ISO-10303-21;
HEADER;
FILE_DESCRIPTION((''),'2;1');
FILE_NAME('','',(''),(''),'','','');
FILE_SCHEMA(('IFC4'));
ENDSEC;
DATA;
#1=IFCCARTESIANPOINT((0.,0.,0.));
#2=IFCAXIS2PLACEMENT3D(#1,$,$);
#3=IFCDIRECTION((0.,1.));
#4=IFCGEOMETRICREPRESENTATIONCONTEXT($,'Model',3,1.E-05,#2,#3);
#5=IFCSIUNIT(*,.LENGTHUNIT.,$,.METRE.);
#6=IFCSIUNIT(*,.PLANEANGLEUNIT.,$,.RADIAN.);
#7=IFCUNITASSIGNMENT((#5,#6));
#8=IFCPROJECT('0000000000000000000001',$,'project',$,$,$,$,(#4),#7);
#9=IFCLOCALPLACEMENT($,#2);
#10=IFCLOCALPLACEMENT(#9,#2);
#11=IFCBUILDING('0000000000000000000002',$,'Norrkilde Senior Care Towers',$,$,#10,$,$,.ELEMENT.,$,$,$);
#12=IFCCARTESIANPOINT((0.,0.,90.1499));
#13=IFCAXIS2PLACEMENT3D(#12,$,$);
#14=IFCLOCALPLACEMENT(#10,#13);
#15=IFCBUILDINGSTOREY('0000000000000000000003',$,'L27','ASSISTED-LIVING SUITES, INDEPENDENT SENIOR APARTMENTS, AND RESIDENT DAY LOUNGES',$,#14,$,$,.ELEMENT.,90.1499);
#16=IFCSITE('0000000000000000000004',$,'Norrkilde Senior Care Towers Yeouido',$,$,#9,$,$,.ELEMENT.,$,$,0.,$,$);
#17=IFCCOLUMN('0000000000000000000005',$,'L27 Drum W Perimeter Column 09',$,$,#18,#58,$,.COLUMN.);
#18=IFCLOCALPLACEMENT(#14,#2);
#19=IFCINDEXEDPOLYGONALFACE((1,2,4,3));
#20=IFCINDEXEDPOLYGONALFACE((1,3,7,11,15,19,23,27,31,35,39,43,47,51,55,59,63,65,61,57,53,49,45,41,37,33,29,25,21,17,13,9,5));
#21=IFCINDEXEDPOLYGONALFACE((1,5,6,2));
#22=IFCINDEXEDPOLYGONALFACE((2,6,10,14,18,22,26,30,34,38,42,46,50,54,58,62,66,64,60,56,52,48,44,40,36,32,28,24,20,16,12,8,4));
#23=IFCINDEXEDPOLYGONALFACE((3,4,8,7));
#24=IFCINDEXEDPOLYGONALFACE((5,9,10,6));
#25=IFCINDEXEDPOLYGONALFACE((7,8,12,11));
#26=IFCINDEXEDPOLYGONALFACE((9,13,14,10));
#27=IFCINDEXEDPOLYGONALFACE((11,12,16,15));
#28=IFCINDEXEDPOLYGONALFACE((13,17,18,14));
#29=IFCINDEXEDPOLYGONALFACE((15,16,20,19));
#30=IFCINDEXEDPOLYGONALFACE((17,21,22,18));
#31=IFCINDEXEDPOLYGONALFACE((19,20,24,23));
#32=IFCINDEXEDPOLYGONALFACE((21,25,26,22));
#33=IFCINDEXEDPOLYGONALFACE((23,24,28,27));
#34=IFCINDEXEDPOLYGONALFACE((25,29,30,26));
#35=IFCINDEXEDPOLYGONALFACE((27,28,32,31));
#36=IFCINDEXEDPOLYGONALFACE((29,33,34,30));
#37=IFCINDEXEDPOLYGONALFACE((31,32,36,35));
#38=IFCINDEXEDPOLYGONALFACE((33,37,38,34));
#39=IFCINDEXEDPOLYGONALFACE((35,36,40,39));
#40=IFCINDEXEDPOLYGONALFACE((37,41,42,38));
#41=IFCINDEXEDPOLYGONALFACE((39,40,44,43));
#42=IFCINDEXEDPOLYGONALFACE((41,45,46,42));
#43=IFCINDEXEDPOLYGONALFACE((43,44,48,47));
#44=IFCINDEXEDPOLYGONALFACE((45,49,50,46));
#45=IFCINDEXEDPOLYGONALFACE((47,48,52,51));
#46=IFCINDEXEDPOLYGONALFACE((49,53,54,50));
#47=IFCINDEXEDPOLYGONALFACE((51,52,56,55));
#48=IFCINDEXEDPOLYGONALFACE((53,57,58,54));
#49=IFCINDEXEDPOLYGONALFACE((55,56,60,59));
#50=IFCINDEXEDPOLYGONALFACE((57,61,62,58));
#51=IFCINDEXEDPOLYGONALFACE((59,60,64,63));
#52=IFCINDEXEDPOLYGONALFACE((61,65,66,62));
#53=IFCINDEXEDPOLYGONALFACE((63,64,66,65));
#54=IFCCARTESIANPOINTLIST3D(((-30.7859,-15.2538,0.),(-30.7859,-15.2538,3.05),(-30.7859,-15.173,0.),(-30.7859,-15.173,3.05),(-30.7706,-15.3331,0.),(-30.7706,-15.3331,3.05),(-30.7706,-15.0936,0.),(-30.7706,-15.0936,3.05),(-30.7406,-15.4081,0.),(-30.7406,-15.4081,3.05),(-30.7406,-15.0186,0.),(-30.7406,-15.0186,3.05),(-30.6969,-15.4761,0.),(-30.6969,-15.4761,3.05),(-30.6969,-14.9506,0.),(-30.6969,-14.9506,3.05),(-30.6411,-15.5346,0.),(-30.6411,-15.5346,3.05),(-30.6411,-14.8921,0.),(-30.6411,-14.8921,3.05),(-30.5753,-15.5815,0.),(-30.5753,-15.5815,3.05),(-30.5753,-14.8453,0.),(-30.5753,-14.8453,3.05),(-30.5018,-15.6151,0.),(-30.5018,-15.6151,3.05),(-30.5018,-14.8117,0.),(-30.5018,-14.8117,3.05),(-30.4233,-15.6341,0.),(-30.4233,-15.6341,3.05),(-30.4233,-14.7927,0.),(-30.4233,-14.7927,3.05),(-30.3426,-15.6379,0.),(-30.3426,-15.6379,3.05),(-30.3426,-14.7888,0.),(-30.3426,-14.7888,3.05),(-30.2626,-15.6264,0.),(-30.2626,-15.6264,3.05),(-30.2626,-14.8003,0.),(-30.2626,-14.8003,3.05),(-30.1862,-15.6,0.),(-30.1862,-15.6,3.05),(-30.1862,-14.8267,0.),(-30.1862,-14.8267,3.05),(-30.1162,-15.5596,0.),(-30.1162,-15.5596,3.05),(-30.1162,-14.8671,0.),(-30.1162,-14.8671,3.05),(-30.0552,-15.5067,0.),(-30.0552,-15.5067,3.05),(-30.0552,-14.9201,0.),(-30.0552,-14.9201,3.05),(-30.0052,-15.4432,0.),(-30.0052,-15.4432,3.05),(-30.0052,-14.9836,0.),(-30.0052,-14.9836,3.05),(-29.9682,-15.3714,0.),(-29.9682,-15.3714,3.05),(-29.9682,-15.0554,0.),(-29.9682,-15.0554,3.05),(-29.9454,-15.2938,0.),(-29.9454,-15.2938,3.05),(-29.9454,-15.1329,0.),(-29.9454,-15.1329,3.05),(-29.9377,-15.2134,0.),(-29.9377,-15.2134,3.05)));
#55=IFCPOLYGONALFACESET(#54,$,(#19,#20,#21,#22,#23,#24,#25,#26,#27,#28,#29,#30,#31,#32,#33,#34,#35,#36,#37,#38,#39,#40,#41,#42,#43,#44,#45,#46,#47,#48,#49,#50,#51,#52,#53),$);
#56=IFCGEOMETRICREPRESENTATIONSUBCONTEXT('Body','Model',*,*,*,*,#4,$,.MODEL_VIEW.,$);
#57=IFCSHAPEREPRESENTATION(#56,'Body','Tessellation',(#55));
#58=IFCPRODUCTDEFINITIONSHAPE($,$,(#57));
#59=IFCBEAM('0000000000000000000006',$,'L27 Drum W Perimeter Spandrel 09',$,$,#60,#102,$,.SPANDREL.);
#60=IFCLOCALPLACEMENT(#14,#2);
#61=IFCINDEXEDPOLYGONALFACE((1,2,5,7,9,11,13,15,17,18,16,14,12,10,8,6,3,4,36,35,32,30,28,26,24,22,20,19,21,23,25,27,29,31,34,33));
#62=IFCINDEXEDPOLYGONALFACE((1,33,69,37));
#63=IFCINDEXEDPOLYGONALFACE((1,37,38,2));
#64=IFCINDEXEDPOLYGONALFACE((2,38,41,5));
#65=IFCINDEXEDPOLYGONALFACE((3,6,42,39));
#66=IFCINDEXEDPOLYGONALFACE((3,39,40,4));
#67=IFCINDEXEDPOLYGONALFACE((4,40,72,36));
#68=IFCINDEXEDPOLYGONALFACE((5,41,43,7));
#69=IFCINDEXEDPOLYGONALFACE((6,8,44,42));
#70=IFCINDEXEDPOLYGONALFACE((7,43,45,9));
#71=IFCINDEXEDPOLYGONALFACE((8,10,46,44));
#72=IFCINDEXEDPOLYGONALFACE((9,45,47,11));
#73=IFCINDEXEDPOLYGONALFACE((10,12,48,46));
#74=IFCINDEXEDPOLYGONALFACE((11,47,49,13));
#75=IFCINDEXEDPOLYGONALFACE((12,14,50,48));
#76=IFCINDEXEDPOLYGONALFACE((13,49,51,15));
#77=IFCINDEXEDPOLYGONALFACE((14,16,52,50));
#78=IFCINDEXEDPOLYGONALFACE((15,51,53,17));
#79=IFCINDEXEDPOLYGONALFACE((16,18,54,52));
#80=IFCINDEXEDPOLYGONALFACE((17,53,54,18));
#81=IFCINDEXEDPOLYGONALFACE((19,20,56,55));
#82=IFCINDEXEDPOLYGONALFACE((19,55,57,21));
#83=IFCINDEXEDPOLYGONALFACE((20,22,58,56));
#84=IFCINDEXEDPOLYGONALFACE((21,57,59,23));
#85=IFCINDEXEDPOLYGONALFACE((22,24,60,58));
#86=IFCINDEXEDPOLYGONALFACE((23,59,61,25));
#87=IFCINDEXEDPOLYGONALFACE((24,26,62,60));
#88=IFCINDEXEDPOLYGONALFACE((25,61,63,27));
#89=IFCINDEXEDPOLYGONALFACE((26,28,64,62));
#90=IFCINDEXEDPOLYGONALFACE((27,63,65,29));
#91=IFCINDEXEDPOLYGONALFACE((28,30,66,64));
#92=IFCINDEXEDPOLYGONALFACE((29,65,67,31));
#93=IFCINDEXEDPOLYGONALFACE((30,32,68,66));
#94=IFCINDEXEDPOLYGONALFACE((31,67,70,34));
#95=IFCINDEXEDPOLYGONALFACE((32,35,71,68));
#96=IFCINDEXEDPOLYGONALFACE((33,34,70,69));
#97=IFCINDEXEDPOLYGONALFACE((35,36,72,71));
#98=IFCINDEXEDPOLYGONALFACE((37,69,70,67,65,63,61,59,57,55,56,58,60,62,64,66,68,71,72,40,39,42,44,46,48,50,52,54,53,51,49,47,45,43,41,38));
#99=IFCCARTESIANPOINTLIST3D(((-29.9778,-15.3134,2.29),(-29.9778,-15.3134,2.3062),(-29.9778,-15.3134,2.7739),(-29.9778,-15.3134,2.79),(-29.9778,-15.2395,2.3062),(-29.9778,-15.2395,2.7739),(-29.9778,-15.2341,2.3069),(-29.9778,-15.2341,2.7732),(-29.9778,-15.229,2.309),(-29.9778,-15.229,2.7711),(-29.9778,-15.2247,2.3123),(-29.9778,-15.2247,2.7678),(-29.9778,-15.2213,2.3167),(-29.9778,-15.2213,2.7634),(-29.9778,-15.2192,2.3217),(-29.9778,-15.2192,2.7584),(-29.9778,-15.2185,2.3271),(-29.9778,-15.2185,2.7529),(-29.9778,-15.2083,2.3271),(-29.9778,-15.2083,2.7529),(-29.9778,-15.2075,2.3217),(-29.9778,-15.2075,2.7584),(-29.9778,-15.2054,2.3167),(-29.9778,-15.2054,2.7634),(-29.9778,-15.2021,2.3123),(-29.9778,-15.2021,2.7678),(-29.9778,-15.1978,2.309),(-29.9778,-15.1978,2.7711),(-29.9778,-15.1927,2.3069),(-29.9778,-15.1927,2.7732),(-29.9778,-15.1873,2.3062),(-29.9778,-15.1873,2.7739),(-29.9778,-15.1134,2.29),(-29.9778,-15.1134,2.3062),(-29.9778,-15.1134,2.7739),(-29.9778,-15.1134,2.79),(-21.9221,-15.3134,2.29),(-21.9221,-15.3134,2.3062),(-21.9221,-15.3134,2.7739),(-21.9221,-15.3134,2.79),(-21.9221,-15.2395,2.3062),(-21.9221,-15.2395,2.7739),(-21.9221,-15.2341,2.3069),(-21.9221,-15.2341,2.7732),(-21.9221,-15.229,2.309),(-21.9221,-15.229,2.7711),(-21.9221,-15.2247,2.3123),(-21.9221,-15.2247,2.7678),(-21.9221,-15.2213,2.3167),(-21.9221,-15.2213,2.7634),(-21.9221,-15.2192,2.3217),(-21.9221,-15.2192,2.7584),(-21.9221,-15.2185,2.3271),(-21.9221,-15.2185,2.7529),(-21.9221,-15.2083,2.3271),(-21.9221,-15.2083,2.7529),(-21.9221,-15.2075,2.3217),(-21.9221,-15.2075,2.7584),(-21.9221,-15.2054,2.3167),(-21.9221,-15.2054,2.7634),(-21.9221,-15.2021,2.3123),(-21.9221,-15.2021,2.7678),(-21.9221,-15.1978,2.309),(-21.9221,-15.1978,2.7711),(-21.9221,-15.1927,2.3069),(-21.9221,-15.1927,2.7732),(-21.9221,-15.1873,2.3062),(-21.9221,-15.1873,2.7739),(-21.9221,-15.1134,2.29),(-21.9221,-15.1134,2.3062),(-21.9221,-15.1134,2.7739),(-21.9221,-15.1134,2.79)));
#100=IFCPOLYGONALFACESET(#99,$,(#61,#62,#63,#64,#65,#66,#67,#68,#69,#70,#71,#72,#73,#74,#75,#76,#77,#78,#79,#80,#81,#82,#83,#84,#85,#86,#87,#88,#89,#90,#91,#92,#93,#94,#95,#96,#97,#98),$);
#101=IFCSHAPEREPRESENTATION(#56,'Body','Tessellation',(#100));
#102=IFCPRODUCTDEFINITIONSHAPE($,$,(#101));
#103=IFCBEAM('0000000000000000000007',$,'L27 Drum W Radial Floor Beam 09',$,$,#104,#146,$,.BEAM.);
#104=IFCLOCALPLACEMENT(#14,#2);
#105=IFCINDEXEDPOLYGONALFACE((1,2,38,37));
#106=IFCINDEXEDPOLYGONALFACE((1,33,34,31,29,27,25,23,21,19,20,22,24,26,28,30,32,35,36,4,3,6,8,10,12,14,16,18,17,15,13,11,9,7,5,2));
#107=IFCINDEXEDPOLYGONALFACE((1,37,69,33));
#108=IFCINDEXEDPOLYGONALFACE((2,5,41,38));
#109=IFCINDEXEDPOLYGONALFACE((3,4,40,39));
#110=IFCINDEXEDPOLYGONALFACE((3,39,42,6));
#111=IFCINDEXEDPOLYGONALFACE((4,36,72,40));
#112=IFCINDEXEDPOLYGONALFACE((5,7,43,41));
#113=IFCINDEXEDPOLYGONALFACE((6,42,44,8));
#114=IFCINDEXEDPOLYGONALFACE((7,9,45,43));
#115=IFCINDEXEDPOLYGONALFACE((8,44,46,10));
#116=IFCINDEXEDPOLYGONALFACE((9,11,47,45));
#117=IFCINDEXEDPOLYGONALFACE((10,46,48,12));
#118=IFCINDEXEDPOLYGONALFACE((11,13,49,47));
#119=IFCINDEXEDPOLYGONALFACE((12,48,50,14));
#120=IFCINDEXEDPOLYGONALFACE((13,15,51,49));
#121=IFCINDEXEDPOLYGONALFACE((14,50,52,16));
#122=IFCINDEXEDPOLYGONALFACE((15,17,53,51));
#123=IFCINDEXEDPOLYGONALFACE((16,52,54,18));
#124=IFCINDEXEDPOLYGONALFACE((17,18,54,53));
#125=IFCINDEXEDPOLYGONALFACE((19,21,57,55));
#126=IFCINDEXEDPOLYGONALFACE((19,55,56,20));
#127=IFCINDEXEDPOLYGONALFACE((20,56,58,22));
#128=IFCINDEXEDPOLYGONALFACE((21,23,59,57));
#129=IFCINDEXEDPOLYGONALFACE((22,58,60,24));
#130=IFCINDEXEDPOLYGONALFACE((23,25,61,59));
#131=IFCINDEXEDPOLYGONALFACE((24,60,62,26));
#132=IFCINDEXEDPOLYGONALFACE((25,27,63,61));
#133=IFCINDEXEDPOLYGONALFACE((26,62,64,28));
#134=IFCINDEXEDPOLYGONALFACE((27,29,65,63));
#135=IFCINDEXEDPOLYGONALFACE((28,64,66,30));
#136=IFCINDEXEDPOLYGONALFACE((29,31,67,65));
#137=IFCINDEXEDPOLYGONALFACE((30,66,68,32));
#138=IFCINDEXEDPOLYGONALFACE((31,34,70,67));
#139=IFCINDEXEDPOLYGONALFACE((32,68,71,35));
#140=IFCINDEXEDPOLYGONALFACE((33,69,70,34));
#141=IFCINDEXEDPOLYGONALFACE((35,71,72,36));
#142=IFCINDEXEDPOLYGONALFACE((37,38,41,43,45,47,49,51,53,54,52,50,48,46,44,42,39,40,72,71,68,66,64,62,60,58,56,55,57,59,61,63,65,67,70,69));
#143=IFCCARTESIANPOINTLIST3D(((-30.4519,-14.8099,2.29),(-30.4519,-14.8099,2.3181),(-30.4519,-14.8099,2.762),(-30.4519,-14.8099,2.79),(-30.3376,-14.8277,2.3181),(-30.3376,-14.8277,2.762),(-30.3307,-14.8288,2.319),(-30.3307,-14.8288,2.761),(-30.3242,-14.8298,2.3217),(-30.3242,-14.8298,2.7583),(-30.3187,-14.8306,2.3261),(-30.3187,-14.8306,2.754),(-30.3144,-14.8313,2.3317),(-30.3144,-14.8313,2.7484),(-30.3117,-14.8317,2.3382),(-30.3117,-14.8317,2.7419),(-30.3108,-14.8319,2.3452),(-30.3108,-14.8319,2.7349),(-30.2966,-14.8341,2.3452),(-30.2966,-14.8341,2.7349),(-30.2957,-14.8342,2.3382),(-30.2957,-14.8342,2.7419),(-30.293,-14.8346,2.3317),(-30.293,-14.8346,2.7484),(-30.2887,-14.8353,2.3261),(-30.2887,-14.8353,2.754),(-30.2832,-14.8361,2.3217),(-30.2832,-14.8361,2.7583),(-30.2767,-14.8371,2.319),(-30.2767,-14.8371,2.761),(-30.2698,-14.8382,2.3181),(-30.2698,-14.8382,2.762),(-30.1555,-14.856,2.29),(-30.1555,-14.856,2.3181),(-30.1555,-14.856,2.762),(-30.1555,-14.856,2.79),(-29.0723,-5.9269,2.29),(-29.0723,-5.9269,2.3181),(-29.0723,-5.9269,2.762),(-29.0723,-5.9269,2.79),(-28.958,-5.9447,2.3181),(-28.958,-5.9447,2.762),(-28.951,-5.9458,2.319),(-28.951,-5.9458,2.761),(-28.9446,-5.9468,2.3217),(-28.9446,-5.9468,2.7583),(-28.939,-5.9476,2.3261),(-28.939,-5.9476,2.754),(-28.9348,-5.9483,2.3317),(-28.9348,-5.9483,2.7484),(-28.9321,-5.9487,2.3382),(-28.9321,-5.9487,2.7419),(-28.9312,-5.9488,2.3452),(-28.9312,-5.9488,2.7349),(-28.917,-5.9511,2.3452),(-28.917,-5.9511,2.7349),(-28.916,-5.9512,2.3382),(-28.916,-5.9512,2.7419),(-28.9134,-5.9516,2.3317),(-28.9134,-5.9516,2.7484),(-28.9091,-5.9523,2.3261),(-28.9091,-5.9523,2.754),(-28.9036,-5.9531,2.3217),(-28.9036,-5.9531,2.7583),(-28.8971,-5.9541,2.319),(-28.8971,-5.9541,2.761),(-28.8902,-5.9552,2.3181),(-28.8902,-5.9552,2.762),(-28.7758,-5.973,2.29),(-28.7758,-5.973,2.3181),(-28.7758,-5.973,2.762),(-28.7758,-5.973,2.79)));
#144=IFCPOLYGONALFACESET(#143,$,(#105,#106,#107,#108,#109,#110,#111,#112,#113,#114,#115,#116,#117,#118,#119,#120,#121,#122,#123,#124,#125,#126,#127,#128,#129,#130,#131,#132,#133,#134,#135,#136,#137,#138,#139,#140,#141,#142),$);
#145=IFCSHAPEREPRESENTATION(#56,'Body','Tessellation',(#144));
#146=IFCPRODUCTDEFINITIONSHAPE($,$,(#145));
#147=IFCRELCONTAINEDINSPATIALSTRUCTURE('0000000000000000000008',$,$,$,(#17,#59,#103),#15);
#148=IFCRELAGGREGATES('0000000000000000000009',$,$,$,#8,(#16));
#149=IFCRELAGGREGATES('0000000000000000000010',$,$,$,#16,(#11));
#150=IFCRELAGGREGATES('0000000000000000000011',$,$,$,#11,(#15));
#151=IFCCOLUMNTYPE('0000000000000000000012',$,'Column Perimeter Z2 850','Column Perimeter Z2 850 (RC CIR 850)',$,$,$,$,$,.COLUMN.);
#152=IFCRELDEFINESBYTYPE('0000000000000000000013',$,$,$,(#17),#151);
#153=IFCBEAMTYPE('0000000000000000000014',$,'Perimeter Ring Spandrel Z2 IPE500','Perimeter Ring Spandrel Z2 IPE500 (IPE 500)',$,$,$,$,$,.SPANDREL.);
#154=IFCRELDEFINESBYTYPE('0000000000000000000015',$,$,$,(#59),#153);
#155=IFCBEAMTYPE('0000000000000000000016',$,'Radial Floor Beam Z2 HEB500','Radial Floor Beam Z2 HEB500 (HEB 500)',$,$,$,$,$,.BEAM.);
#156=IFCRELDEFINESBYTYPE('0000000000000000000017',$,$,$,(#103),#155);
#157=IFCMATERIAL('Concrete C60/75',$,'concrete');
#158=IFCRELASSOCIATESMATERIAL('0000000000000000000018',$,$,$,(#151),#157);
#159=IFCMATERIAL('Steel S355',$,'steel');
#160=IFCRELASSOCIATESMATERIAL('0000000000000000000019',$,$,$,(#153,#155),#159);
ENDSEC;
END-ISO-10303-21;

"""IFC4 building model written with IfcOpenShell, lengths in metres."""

from ifc_helpers import new_model, si_unit, direction, frame, origin, origin_2d, place, context, subcontext, project, spatial, circle, i_section, extrude, source, transform, mapped, material, material_profile, profile_set, type_object, type_shapes, element, save


model = new_model("IFC4")

# Units and contexts
model_context = context("Model", 3, precision=1e-05, world=origin(), true_north=direction((0.0, 1.0)))
body_context = subcontext(model_context, "Body", "Model", "MODEL_VIEW")
ifc_project = project(units=[si_unit("LENGTHUNIT", "METRE"), si_unit("PLANEANGLEUNIT", "RADIAN")], contexts=[model_context])

# Site, building, storey
site_placement = place(None, origin())
site = spatial("IfcSite", under=ifc_project, at=site_placement, Name="Norrkilde Senior Care Towers Yeouido", CompositionType="ELEMENT", RefElevation=0.0)
building_placement = place(site_placement, origin())
building = spatial("IfcBuilding", under=site, at=building_placement, Name="Norrkilde Senior Care Towers", CompositionType="ELEMENT")
storey_placement = place(building_placement, frame((0.0, 0.0, 90.1499)))
storey = spatial("IfcBuildingStorey", under=building, at=storey_placement, Name="L27", Description="ASSISTED-LIVING SUITES, INDEPENDENT SENIOR APARTMENTS, AND RESIDENT DAY LOUNGES", CompositionType="ELEMENT", Elevation=90.1499)

# Column
ifc_material_1 = material(Name="Concrete C60/75", Category="concrete")
ifc_material_profile_1 = material_profile(ifc_material_1, circle(Radius=0.425, at=origin_2d()), Name="RC CIR 850")
ifc_profile_set_1 = profile_set([ifc_material_profile_1], Name="Concrete C60/75")
column_type = type_object("IfcColumnType", Name="Column Perimeter Z2 850", Description="Column Perimeter Z2 850 (RC CIR 850)", PredefinedType="COLUMN", material=ifc_profile_set_1)
shared_shape_1 = source(origin(), body_context, "Body", "SweptSolid", [
    extrude(circle(Radius=0.425, at=origin_2d()), origin(), (0.0, 0.0, 1.0), 3.05),
])
type_shapes(column_type, [shared_shape_1])
column_placement = place(storey_placement, frame((-30.3628, -15.2134, 0.0), z_axis=(0.0, 0.0, 1.0), x_axis=(1.0, 0.0, 0.0)))
element("IfcColumn", 1, at=column_placement, inside=storey, type_object=column_type, Name="L27 Drum W Perimeter Column 09", PredefinedType="COLUMN", context=body_context, shape_type="MappedRepresentation", body=[
    mapped(shared_shape_1, transform((0.0, 0.0, 0.0), x_axis=(1.0, 0.0, 0.0), y_axis=(0.0, 1.0, 0.0), z_axis=(0.0, 0.0, 1.0), scale=1.0)),
])

# Beams
ifc_material_2 = material(Name="Steel S355", Category="steel")
ifc_material_profile_2 = material_profile(ifc_material_2, i_section(OverallWidth=0.2, OverallDepth=0.5, WebThickness=0.0103, FlangeThickness=0.0161, FilletRadius=0.021, at=origin_2d()), Name="IPE 500")
ifc_profile_set_2 = profile_set([ifc_material_profile_2], Name="Steel S355")
beam_type_1 = type_object("IfcBeamType", Name="Perimeter Ring Spandrel Z2 IPE500", Description="Perimeter Ring Spandrel Z2 IPE500 (IPE 500)", PredefinedType="SPANDREL", material=ifc_profile_set_2)
shared_shape_2 = source(origin(), body_context, "Body", "SweptSolid", [
    extrude(i_section(OverallWidth=0.2, OverallDepth=0.5, WebThickness=0.0103, FlangeThickness=0.0161, FilletRadius=0.021, at=origin_2d()), origin(), (0.0, 0.0, 1.0), 8.0557),
])
type_shapes(beam_type_1, [shared_shape_2])
beam_1_placement = place(storey_placement, frame((-29.9778, -15.2134, 2.54), z_axis=(1.0, 0.0, 0.0), x_axis=(0.0, 1.0, 0.0)))
element("IfcBeam", 2, at=beam_1_placement, inside=storey, type_object=beam_type_1, Name="L27 Drum W Perimeter Spandrel 09", PredefinedType="SPANDREL", context=body_context, shape_type="MappedRepresentation", body=[
    mapped(shared_shape_2, transform((0.0, 0.0, 0.0), x_axis=(1.0, 0.0, 0.0), y_axis=(0.0, 1.0, 0.0), z_axis=(0.0, 0.0, 1.0), scale=1.0)),
])
ifc_material_profile_3 = material_profile(ifc_material_2, i_section(OverallWidth=0.3, OverallDepth=0.5, WebThickness=0.0144, FlangeThickness=0.0281, FilletRadius=0.0271, at=origin_2d()), Name="HEB 500")
ifc_profile_set_3 = profile_set([ifc_material_profile_3], Name="Steel S355")
beam_type_2 = type_object("IfcBeamType", Name="Radial Floor Beam Z2 HEB500", Description="Radial Floor Beam Z2 HEB500 (HEB 500)", PredefinedType="BEAM", material=ifc_profile_set_3)
shared_shape_3 = source(origin(), body_context, "Body", "SweptSolid", [
    extrude(i_section(OverallWidth=0.3, OverallDepth=0.5, WebThickness=0.0144, FlangeThickness=0.0281, FilletRadius=0.0271, at=origin_2d()), origin(), (0.0, 0.0, 1.0), 8.9895),
])
beam_2_placement = place(storey_placement, frame((-28.9241, -5.95, 2.54), z_axis=(-0.153471, -0.988153, 0.0), x_axis=(0.988153, -0.153471, 0.0)))
element("IfcBeam", 3, at=beam_2_placement, inside=storey, type_object=beam_type_2, Name="L27 Drum W Radial Floor Beam 09", PredefinedType="BEAM", context=body_context, shape_type="MappedRepresentation", body=[
    mapped(shared_shape_3, transform((0.0, 0.0, 0.0), x_axis=(1.0, 0.0, 0.0), y_axis=(0.0, 1.0, 0.0), z_axis=(0.0, 0.0, 1.0), scale=1.0)),
])

save(model, "model.ifc")
